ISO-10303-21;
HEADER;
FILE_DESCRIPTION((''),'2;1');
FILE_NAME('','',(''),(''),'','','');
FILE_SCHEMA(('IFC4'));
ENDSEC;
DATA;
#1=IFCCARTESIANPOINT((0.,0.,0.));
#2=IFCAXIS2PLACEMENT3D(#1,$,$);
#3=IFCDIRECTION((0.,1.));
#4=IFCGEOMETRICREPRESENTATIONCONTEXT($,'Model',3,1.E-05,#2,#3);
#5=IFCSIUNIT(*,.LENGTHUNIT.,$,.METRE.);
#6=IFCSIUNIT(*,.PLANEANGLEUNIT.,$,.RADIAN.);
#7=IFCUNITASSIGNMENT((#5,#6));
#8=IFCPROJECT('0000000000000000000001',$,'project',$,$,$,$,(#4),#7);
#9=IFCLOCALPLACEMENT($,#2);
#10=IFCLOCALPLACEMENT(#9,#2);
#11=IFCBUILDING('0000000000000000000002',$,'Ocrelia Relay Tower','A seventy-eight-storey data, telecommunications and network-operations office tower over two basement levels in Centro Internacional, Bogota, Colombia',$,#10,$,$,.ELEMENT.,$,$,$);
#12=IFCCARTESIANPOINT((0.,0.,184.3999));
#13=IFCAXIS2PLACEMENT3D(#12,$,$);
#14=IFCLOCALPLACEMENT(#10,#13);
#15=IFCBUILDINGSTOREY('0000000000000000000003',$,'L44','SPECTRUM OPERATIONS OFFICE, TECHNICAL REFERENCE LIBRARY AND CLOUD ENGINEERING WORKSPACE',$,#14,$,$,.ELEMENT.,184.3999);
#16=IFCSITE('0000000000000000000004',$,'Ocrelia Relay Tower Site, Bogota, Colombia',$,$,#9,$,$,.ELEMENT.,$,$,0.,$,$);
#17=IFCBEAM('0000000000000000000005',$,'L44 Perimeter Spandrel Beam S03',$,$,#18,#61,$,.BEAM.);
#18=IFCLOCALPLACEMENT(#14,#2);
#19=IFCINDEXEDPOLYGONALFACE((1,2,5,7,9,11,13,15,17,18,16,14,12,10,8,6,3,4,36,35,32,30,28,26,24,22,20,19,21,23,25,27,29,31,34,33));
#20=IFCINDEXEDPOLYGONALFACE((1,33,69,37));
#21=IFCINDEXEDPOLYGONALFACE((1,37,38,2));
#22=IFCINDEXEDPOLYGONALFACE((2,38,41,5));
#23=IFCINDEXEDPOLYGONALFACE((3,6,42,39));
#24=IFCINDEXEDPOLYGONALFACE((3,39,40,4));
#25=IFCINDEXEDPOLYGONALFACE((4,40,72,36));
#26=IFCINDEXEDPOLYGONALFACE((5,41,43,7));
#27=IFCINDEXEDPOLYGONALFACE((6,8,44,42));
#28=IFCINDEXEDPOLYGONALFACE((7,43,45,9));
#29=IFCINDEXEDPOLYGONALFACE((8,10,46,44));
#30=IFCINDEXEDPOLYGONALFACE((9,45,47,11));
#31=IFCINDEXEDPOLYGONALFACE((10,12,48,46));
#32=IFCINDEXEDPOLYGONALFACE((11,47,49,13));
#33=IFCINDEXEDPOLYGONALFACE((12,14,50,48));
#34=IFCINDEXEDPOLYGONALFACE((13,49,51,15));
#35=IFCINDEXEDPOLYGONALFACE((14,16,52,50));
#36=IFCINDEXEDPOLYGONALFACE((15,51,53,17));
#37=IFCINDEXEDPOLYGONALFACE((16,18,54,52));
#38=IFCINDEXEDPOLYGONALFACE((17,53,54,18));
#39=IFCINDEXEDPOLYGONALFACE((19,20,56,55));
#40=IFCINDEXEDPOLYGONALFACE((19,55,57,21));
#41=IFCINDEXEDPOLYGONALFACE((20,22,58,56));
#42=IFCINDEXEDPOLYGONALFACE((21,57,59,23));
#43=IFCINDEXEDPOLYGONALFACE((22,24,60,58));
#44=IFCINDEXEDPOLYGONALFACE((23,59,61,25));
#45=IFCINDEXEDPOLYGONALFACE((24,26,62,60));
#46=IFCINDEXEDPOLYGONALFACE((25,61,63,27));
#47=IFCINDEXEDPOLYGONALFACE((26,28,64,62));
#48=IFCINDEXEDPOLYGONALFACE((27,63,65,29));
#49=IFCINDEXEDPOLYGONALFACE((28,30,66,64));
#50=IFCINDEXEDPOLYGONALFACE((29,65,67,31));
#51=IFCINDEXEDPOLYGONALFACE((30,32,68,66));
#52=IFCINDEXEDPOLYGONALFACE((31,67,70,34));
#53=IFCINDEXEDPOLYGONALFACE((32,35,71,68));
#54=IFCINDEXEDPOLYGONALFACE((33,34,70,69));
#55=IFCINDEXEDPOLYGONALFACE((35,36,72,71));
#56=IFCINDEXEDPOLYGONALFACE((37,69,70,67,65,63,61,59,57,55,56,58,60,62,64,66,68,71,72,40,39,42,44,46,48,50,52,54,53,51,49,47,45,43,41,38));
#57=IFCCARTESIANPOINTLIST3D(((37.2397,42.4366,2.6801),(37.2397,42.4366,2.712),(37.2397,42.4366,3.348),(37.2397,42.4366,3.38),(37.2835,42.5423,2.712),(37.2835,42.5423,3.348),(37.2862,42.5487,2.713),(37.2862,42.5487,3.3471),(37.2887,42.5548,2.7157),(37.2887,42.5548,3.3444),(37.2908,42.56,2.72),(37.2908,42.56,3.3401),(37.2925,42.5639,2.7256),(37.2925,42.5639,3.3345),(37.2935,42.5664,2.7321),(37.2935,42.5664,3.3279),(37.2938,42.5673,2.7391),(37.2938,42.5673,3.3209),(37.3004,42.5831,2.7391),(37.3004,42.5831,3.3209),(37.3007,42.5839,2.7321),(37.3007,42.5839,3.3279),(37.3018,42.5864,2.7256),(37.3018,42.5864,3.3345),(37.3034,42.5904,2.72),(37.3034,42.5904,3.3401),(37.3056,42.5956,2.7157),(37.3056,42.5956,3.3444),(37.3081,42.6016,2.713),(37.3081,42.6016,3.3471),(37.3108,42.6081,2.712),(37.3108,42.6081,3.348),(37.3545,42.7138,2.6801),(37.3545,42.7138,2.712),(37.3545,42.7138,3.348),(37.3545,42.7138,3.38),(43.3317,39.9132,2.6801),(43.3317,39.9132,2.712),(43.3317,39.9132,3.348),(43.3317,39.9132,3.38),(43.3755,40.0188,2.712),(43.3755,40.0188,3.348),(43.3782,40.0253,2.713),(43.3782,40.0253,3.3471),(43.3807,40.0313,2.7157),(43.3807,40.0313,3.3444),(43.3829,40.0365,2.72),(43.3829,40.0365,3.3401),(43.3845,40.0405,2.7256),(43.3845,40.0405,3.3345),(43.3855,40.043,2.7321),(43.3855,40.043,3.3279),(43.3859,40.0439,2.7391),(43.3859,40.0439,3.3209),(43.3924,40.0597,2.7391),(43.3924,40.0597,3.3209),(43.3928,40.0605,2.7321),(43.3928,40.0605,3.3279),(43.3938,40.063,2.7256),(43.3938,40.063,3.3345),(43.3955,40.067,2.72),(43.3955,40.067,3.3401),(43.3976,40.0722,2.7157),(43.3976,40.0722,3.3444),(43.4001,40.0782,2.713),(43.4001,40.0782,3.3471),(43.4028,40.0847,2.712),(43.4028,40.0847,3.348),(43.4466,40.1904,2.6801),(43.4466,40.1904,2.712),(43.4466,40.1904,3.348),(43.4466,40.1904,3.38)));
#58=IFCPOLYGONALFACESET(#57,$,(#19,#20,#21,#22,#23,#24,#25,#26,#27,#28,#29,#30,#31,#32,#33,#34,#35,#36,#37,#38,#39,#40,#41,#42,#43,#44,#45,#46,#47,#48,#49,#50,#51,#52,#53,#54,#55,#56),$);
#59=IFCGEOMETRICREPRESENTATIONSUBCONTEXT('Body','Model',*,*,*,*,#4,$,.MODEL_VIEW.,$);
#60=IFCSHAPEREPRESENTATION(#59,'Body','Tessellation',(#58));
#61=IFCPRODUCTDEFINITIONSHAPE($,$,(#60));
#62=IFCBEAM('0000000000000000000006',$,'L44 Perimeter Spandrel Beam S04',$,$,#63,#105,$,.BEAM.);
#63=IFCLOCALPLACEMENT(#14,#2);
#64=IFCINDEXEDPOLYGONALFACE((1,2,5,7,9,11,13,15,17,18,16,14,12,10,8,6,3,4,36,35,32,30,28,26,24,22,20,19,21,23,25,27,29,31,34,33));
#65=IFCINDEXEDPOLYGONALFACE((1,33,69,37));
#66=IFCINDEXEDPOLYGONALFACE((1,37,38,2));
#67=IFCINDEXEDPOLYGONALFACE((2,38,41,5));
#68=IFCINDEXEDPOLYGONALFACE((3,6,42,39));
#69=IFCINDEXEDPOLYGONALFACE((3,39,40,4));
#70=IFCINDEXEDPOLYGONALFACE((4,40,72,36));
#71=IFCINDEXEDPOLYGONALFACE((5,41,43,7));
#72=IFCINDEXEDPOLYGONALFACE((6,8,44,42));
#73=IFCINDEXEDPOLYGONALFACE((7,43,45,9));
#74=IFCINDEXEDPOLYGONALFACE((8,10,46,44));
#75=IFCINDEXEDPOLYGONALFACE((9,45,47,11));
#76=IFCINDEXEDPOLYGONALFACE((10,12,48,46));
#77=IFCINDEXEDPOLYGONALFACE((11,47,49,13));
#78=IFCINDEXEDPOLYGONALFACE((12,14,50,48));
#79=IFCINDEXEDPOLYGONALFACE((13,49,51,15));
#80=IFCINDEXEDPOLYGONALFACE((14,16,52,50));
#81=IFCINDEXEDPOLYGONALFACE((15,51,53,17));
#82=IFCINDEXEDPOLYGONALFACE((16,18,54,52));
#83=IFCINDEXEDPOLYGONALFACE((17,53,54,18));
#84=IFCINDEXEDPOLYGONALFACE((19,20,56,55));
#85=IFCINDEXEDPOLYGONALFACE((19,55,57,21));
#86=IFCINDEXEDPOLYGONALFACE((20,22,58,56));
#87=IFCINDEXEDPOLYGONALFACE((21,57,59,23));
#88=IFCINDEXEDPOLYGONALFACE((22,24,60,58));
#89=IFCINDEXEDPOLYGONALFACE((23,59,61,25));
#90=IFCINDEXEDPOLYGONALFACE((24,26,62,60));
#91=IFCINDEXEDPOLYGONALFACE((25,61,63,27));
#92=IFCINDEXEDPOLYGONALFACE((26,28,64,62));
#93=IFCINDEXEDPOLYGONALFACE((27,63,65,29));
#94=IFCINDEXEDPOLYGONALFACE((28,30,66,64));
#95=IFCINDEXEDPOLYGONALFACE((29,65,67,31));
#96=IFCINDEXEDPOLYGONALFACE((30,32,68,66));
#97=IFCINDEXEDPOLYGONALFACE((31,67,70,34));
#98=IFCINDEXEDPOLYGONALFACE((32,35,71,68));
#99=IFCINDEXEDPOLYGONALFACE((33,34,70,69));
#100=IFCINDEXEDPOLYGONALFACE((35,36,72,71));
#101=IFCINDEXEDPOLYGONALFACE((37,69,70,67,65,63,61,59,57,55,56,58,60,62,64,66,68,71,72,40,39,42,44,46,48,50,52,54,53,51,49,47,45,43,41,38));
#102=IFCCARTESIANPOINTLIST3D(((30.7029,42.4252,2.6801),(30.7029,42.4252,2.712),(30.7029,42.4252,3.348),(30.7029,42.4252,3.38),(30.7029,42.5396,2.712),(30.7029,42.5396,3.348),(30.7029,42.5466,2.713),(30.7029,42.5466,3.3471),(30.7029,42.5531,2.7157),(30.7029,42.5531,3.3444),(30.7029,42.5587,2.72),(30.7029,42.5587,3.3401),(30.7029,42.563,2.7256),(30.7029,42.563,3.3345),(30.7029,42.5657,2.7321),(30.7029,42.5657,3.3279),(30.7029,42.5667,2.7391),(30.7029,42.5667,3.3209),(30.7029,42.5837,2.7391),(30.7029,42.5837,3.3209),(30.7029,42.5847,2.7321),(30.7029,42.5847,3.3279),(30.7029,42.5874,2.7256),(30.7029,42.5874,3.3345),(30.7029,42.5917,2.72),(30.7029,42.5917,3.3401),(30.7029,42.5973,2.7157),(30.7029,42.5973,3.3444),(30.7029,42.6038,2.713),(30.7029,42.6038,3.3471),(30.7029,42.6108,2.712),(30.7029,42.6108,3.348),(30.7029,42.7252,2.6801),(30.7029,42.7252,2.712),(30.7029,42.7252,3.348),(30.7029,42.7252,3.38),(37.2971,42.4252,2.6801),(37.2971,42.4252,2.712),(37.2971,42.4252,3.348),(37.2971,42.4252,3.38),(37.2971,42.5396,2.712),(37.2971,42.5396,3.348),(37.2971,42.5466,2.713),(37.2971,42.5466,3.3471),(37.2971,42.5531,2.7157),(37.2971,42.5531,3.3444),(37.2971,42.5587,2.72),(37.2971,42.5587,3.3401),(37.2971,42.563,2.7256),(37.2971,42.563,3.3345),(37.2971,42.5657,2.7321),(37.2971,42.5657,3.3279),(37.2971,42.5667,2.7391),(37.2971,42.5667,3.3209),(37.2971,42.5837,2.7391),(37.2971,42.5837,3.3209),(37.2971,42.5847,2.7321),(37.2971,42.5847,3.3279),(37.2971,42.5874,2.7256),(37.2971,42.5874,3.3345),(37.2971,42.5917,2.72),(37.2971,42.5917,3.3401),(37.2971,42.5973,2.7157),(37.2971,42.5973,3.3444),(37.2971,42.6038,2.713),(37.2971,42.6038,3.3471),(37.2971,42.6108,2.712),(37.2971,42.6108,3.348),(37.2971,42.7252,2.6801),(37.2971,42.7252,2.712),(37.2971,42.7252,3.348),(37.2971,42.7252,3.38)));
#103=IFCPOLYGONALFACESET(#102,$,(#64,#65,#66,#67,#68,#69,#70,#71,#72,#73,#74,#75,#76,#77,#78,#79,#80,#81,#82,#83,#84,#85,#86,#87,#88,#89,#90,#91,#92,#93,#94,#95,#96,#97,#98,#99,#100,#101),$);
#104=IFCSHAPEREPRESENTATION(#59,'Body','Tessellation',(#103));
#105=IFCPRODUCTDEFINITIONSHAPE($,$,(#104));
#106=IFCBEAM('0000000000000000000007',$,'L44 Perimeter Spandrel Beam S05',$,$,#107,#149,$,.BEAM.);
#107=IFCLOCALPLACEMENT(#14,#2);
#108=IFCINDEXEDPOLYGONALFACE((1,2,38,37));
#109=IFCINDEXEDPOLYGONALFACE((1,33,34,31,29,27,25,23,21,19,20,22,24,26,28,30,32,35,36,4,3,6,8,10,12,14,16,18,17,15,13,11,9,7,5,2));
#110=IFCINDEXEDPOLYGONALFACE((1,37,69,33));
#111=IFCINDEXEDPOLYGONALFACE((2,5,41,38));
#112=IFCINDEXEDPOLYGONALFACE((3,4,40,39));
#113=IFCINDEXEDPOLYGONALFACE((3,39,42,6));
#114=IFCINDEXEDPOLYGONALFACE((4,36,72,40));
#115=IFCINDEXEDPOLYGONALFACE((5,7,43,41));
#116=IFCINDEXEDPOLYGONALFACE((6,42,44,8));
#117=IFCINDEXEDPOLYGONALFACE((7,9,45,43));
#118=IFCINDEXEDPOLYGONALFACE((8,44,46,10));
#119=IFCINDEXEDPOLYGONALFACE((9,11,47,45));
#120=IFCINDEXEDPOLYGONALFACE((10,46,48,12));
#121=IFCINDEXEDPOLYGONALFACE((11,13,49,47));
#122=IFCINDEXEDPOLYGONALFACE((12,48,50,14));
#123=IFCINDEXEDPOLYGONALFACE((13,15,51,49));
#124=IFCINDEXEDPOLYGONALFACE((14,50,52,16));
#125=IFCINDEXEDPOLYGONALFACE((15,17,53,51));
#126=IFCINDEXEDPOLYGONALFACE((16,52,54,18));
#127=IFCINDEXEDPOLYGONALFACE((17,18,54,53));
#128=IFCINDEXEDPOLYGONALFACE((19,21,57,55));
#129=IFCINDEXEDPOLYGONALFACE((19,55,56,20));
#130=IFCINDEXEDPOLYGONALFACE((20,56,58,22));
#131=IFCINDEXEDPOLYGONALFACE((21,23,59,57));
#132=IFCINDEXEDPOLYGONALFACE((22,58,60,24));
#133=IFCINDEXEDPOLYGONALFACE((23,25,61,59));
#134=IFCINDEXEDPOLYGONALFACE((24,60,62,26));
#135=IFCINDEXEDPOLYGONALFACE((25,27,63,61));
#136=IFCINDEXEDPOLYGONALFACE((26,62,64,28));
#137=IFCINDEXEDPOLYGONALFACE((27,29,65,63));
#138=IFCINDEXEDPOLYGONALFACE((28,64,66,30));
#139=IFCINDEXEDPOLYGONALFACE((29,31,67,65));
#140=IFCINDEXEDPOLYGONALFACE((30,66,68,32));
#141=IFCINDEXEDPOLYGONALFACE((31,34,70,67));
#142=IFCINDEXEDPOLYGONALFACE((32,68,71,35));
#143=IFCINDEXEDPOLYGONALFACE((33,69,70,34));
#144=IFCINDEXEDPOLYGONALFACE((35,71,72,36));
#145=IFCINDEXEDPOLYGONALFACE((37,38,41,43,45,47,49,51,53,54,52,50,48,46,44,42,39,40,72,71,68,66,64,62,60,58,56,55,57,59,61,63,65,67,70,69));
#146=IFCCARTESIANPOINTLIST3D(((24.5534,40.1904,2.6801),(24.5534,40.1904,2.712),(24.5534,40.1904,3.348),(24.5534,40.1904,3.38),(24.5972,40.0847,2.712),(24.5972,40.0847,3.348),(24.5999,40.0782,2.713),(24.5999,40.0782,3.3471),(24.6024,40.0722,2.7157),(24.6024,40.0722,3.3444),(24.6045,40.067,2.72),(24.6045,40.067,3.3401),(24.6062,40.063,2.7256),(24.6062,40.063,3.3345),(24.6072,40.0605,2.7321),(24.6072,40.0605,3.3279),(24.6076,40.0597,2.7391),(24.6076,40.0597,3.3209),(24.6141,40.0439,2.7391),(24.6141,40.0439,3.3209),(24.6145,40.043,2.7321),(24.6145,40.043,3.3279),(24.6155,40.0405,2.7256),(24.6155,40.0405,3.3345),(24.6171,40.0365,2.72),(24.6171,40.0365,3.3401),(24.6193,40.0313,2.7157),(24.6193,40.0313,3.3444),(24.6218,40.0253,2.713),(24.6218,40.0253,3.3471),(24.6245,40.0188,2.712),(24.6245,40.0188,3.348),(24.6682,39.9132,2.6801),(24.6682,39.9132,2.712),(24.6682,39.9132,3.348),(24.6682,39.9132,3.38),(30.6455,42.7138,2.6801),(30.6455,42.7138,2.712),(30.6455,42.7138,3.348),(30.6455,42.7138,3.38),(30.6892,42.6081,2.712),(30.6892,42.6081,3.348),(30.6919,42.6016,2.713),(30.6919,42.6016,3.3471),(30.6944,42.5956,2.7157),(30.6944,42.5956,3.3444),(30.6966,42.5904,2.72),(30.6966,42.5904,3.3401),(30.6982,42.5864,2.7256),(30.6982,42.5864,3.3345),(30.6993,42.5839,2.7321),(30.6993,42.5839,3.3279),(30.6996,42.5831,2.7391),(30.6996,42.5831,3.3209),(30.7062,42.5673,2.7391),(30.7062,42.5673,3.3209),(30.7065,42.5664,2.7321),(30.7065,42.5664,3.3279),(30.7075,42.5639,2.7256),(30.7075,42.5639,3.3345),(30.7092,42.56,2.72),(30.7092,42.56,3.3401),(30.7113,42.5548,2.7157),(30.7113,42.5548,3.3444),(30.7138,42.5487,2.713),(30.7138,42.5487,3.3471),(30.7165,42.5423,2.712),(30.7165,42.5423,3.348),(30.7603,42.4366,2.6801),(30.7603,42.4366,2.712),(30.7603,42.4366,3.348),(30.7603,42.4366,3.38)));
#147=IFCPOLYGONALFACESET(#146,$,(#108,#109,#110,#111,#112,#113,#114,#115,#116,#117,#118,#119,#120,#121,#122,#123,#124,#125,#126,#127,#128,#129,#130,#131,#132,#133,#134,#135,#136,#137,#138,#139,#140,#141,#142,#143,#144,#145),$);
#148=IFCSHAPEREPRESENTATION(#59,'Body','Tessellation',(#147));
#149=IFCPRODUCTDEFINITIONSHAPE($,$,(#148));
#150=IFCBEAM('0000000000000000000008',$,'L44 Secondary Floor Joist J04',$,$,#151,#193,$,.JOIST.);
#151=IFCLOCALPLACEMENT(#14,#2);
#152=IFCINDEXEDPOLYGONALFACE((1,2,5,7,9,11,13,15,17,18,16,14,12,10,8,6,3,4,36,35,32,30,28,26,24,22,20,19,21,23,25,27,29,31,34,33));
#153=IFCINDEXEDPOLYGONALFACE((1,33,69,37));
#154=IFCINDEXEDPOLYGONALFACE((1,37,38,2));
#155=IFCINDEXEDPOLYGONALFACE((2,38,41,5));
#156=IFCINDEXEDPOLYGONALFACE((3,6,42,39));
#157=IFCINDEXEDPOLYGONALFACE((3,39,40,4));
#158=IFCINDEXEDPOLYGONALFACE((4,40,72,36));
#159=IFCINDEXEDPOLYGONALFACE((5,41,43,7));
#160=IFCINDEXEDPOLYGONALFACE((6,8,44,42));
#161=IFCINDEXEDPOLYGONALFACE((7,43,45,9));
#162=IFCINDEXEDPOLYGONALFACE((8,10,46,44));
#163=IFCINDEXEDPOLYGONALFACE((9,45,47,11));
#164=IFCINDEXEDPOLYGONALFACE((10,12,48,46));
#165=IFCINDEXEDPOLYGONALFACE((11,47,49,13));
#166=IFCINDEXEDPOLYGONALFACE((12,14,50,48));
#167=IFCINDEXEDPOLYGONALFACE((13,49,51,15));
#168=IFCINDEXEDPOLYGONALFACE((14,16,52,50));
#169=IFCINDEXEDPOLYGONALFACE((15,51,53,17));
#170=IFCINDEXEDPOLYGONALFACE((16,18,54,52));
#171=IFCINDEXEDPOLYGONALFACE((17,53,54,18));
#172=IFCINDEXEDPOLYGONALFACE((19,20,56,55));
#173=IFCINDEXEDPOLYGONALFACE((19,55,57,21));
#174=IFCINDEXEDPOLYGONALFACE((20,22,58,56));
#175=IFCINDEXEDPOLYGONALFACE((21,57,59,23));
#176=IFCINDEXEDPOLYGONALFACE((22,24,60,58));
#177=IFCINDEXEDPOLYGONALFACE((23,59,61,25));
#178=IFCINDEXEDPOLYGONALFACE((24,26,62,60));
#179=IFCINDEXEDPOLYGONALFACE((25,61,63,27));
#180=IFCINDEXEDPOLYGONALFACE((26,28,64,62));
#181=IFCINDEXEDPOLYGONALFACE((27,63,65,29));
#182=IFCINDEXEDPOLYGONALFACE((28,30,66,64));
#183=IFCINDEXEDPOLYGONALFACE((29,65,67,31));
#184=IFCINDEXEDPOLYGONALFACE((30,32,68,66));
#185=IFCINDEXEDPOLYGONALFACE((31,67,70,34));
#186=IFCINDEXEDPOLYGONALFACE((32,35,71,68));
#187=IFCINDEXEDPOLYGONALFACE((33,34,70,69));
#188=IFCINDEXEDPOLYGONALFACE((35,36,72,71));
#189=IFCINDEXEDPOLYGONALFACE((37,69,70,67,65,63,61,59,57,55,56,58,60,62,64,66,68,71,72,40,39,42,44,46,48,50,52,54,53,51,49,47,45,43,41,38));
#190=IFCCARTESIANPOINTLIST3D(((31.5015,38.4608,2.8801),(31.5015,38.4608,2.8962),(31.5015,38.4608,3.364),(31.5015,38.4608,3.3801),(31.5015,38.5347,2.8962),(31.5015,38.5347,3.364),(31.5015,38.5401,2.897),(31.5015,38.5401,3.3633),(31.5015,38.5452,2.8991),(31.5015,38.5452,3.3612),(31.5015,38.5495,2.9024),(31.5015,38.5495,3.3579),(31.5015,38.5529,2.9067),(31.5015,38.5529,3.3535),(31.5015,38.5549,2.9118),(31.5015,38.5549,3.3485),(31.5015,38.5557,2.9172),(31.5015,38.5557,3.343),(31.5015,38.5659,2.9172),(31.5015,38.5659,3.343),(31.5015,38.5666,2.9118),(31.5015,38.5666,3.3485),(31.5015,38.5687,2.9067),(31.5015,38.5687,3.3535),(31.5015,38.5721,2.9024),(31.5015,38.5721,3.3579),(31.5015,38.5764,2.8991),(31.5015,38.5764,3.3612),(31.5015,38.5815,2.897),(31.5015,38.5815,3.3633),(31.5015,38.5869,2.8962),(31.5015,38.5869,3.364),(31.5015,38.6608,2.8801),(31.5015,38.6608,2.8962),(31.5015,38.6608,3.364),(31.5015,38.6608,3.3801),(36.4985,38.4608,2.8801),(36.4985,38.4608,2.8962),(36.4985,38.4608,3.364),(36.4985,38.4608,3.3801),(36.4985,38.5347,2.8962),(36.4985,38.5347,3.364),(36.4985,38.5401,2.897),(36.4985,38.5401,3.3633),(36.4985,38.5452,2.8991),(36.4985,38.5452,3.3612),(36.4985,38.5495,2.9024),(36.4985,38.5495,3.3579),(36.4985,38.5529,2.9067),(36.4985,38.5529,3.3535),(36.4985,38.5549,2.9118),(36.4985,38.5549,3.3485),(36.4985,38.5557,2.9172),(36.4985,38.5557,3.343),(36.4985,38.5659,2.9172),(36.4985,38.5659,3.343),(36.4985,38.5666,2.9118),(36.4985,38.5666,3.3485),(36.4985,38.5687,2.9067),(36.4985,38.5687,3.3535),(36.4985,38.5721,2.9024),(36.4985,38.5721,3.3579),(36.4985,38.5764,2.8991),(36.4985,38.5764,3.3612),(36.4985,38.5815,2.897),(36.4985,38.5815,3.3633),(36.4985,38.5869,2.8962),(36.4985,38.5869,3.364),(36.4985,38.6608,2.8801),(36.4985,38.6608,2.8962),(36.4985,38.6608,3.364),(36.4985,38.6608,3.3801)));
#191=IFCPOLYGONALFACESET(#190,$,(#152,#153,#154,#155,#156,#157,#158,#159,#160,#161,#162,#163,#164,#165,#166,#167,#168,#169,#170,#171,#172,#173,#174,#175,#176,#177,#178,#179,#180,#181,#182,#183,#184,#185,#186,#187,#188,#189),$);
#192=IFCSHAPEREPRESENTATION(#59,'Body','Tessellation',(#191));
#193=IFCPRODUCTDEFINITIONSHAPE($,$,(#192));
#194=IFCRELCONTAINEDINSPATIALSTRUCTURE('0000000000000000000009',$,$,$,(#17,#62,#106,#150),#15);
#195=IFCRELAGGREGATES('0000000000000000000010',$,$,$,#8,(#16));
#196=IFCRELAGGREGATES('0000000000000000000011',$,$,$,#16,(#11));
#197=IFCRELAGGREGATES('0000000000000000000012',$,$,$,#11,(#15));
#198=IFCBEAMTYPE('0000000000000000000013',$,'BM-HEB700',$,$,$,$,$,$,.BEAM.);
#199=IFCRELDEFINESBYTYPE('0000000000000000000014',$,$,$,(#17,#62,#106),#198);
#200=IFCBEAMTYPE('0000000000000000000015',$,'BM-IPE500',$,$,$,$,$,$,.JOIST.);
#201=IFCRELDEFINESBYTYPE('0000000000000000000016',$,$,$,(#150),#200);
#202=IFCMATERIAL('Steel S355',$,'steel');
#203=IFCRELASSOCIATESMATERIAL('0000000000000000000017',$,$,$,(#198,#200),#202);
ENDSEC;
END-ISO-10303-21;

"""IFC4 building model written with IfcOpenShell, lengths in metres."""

from ifc_helpers import new_model, si_unit, direction, frame, origin, origin_2d, place, context, subcontext, project, spatial, i_section, extrude, material, material_profile, profile_set, type_object, element, save


model = new_model("IFC4")

# Units and contexts
model_context = context("Model", 3, precision=1e-05, world=origin(), true_north=direction((0.0, 1.0)))
body_context = subcontext(model_context, "Body", "Model", "MODEL_VIEW")
ifc_project = project(units=[si_unit("LENGTHUNIT", "METRE"), si_unit("PLANEANGLEUNIT", "RADIAN")], contexts=[model_context])

# Site, building, storey
site_placement = place(None, origin())
site = spatial("IfcSite", under=ifc_project, at=site_placement, Name="Ocrelia Relay Tower Site, Bogota, Colombia", CompositionType="ELEMENT", RefElevation=0.0)
building_placement = place(site_placement, origin())
building = spatial("IfcBuilding", under=site, at=building_placement, Name="Ocrelia Relay Tower", Description="A seventy-eight-storey data, telecommunications and network-operations office tower over two basement levels in Centro Internacional, Bogota, Colombia", CompositionType="ELEMENT")
storey_placement = place(building_placement, frame((0.0, 0.0, 184.3999)))
storey = spatial("IfcBuildingStorey", under=building, at=storey_placement, Name="L44", Description="SPECTRUM OPERATIONS OFFICE, TECHNICAL REFERENCE LIBRARY AND CLOUD ENGINEERING WORKSPACE", CompositionType="ELEMENT", Elevation=184.3999)

# Beams
ifc_material_1 = material(Name="Steel S355", Category="steel")
ifc_material_profile_1 = material_profile(ifc_material_1, i_section(OverallWidth=0.3, OverallDepth=0.7, WebThickness=0.0171, FlangeThickness=0.032, FilletRadius=0.0271, at=origin_2d()), Name="HEB 700")
ifc_profile_set_1 = profile_set([ifc_material_profile_1], Name="Steel S355")
beam_type_1 = type_object("IfcBeamType", Name="BM-HEB700", PredefinedType="BEAM", material=ifc_profile_set_1)
beam_1_placement = place(storey_placement, frame((43.3892, 40.0518, 3.03), z_axis=(-0.923878, 0.382688, 0.0), x_axis=(-0.382688, -0.923878, 0.0)))
element("IfcBeam", 1, at=beam_1_placement, inside=storey, type_object=beam_type_1, Name="L44 Perimeter Spandrel Beam S03", PredefinedType="BEAM", context=body_context, shape_type="SweptSolid", body=[
    extrude(i_section(OverallWidth=0.3, OverallDepth=0.7, WebThickness=0.0171, FlangeThickness=0.032, FilletRadius=0.0271, at=origin_2d()), origin(), (0.0, 0.0, 1.0), 6.594),
])
beam_2_placement = place(storey_placement, frame((37.2971, 42.5752, 3.03), z_axis=(-1.0, 0.0, 0.0), x_axis=(0.0, -1.0, 0.0)))
element("IfcBeam", 2, at=beam_2_placement, inside=storey, type_object=beam_type_1, Name="L44 Perimeter Spandrel Beam S04", PredefinedType="BEAM", context=body_context, shape_type="SweptSolid", body=[
    extrude(i_section(OverallWidth=0.3, OverallDepth=0.7, WebThickness=0.0171, FlangeThickness=0.032, FilletRadius=0.0271, at=origin_2d()), origin(), (0.0, 0.0, 1.0), 6.5942),
])
beam_3_placement = place(storey_placement, frame((30.7029, 42.5752, 3.03), z_axis=(-0.923878, -0.382688, 0.0), x_axis=(0.382688, -0.923878, 0.0)))
element("IfcBeam", 3, at=beam_3_placement, inside=storey, type_object=beam_type_1, Name="L44 Perimeter Spandrel Beam S05", PredefinedType="BEAM", context=body_context, shape_type="SweptSolid", body=[
    extrude(i_section(OverallWidth=0.3, OverallDepth=0.7, WebThickness=0.0171, FlangeThickness=0.032, FilletRadius=0.0271, at=origin_2d()), origin(), (0.0, 0.0, 1.0), 6.594),
])
ifc_material_profile_2 = material_profile(ifc_material_1, i_section(OverallWidth=0.2, OverallDepth=0.5, WebThickness=0.0103, FlangeThickness=0.0161, FilletRadius=0.021, at=origin_2d()), Name="IPE 500")
ifc_profile_set_2 = profile_set([ifc_material_profile_2], Name="Steel S355")
beam_type_2 = type_object("IfcBeamType", Name="BM-IPE500", PredefinedType="JOIST", material=ifc_profile_set_2)
beam_4_placement = place(storey_placement, frame((36.4985, 38.5608, 3.1301), z_axis=(-1.0, 0.0, 0.0), x_axis=(0.0, -1.0, 0.0)))
element("IfcBeam", 4, at=beam_4_placement, inside=storey, type_object=beam_type_2, Name="L44 Secondary Floor Joist J04", PredefinedType="JOIST", context=body_context, shape_type="SweptSolid", body=[
    extrude(i_section(OverallWidth=0.2, OverallDepth=0.5, WebThickness=0.0103, FlangeThickness=0.0161, FilletRadius=0.021, at=origin_2d()), origin(), (0.0, 0.0, 1.0), 4.9971),
])

save(model, "model.ifc")
